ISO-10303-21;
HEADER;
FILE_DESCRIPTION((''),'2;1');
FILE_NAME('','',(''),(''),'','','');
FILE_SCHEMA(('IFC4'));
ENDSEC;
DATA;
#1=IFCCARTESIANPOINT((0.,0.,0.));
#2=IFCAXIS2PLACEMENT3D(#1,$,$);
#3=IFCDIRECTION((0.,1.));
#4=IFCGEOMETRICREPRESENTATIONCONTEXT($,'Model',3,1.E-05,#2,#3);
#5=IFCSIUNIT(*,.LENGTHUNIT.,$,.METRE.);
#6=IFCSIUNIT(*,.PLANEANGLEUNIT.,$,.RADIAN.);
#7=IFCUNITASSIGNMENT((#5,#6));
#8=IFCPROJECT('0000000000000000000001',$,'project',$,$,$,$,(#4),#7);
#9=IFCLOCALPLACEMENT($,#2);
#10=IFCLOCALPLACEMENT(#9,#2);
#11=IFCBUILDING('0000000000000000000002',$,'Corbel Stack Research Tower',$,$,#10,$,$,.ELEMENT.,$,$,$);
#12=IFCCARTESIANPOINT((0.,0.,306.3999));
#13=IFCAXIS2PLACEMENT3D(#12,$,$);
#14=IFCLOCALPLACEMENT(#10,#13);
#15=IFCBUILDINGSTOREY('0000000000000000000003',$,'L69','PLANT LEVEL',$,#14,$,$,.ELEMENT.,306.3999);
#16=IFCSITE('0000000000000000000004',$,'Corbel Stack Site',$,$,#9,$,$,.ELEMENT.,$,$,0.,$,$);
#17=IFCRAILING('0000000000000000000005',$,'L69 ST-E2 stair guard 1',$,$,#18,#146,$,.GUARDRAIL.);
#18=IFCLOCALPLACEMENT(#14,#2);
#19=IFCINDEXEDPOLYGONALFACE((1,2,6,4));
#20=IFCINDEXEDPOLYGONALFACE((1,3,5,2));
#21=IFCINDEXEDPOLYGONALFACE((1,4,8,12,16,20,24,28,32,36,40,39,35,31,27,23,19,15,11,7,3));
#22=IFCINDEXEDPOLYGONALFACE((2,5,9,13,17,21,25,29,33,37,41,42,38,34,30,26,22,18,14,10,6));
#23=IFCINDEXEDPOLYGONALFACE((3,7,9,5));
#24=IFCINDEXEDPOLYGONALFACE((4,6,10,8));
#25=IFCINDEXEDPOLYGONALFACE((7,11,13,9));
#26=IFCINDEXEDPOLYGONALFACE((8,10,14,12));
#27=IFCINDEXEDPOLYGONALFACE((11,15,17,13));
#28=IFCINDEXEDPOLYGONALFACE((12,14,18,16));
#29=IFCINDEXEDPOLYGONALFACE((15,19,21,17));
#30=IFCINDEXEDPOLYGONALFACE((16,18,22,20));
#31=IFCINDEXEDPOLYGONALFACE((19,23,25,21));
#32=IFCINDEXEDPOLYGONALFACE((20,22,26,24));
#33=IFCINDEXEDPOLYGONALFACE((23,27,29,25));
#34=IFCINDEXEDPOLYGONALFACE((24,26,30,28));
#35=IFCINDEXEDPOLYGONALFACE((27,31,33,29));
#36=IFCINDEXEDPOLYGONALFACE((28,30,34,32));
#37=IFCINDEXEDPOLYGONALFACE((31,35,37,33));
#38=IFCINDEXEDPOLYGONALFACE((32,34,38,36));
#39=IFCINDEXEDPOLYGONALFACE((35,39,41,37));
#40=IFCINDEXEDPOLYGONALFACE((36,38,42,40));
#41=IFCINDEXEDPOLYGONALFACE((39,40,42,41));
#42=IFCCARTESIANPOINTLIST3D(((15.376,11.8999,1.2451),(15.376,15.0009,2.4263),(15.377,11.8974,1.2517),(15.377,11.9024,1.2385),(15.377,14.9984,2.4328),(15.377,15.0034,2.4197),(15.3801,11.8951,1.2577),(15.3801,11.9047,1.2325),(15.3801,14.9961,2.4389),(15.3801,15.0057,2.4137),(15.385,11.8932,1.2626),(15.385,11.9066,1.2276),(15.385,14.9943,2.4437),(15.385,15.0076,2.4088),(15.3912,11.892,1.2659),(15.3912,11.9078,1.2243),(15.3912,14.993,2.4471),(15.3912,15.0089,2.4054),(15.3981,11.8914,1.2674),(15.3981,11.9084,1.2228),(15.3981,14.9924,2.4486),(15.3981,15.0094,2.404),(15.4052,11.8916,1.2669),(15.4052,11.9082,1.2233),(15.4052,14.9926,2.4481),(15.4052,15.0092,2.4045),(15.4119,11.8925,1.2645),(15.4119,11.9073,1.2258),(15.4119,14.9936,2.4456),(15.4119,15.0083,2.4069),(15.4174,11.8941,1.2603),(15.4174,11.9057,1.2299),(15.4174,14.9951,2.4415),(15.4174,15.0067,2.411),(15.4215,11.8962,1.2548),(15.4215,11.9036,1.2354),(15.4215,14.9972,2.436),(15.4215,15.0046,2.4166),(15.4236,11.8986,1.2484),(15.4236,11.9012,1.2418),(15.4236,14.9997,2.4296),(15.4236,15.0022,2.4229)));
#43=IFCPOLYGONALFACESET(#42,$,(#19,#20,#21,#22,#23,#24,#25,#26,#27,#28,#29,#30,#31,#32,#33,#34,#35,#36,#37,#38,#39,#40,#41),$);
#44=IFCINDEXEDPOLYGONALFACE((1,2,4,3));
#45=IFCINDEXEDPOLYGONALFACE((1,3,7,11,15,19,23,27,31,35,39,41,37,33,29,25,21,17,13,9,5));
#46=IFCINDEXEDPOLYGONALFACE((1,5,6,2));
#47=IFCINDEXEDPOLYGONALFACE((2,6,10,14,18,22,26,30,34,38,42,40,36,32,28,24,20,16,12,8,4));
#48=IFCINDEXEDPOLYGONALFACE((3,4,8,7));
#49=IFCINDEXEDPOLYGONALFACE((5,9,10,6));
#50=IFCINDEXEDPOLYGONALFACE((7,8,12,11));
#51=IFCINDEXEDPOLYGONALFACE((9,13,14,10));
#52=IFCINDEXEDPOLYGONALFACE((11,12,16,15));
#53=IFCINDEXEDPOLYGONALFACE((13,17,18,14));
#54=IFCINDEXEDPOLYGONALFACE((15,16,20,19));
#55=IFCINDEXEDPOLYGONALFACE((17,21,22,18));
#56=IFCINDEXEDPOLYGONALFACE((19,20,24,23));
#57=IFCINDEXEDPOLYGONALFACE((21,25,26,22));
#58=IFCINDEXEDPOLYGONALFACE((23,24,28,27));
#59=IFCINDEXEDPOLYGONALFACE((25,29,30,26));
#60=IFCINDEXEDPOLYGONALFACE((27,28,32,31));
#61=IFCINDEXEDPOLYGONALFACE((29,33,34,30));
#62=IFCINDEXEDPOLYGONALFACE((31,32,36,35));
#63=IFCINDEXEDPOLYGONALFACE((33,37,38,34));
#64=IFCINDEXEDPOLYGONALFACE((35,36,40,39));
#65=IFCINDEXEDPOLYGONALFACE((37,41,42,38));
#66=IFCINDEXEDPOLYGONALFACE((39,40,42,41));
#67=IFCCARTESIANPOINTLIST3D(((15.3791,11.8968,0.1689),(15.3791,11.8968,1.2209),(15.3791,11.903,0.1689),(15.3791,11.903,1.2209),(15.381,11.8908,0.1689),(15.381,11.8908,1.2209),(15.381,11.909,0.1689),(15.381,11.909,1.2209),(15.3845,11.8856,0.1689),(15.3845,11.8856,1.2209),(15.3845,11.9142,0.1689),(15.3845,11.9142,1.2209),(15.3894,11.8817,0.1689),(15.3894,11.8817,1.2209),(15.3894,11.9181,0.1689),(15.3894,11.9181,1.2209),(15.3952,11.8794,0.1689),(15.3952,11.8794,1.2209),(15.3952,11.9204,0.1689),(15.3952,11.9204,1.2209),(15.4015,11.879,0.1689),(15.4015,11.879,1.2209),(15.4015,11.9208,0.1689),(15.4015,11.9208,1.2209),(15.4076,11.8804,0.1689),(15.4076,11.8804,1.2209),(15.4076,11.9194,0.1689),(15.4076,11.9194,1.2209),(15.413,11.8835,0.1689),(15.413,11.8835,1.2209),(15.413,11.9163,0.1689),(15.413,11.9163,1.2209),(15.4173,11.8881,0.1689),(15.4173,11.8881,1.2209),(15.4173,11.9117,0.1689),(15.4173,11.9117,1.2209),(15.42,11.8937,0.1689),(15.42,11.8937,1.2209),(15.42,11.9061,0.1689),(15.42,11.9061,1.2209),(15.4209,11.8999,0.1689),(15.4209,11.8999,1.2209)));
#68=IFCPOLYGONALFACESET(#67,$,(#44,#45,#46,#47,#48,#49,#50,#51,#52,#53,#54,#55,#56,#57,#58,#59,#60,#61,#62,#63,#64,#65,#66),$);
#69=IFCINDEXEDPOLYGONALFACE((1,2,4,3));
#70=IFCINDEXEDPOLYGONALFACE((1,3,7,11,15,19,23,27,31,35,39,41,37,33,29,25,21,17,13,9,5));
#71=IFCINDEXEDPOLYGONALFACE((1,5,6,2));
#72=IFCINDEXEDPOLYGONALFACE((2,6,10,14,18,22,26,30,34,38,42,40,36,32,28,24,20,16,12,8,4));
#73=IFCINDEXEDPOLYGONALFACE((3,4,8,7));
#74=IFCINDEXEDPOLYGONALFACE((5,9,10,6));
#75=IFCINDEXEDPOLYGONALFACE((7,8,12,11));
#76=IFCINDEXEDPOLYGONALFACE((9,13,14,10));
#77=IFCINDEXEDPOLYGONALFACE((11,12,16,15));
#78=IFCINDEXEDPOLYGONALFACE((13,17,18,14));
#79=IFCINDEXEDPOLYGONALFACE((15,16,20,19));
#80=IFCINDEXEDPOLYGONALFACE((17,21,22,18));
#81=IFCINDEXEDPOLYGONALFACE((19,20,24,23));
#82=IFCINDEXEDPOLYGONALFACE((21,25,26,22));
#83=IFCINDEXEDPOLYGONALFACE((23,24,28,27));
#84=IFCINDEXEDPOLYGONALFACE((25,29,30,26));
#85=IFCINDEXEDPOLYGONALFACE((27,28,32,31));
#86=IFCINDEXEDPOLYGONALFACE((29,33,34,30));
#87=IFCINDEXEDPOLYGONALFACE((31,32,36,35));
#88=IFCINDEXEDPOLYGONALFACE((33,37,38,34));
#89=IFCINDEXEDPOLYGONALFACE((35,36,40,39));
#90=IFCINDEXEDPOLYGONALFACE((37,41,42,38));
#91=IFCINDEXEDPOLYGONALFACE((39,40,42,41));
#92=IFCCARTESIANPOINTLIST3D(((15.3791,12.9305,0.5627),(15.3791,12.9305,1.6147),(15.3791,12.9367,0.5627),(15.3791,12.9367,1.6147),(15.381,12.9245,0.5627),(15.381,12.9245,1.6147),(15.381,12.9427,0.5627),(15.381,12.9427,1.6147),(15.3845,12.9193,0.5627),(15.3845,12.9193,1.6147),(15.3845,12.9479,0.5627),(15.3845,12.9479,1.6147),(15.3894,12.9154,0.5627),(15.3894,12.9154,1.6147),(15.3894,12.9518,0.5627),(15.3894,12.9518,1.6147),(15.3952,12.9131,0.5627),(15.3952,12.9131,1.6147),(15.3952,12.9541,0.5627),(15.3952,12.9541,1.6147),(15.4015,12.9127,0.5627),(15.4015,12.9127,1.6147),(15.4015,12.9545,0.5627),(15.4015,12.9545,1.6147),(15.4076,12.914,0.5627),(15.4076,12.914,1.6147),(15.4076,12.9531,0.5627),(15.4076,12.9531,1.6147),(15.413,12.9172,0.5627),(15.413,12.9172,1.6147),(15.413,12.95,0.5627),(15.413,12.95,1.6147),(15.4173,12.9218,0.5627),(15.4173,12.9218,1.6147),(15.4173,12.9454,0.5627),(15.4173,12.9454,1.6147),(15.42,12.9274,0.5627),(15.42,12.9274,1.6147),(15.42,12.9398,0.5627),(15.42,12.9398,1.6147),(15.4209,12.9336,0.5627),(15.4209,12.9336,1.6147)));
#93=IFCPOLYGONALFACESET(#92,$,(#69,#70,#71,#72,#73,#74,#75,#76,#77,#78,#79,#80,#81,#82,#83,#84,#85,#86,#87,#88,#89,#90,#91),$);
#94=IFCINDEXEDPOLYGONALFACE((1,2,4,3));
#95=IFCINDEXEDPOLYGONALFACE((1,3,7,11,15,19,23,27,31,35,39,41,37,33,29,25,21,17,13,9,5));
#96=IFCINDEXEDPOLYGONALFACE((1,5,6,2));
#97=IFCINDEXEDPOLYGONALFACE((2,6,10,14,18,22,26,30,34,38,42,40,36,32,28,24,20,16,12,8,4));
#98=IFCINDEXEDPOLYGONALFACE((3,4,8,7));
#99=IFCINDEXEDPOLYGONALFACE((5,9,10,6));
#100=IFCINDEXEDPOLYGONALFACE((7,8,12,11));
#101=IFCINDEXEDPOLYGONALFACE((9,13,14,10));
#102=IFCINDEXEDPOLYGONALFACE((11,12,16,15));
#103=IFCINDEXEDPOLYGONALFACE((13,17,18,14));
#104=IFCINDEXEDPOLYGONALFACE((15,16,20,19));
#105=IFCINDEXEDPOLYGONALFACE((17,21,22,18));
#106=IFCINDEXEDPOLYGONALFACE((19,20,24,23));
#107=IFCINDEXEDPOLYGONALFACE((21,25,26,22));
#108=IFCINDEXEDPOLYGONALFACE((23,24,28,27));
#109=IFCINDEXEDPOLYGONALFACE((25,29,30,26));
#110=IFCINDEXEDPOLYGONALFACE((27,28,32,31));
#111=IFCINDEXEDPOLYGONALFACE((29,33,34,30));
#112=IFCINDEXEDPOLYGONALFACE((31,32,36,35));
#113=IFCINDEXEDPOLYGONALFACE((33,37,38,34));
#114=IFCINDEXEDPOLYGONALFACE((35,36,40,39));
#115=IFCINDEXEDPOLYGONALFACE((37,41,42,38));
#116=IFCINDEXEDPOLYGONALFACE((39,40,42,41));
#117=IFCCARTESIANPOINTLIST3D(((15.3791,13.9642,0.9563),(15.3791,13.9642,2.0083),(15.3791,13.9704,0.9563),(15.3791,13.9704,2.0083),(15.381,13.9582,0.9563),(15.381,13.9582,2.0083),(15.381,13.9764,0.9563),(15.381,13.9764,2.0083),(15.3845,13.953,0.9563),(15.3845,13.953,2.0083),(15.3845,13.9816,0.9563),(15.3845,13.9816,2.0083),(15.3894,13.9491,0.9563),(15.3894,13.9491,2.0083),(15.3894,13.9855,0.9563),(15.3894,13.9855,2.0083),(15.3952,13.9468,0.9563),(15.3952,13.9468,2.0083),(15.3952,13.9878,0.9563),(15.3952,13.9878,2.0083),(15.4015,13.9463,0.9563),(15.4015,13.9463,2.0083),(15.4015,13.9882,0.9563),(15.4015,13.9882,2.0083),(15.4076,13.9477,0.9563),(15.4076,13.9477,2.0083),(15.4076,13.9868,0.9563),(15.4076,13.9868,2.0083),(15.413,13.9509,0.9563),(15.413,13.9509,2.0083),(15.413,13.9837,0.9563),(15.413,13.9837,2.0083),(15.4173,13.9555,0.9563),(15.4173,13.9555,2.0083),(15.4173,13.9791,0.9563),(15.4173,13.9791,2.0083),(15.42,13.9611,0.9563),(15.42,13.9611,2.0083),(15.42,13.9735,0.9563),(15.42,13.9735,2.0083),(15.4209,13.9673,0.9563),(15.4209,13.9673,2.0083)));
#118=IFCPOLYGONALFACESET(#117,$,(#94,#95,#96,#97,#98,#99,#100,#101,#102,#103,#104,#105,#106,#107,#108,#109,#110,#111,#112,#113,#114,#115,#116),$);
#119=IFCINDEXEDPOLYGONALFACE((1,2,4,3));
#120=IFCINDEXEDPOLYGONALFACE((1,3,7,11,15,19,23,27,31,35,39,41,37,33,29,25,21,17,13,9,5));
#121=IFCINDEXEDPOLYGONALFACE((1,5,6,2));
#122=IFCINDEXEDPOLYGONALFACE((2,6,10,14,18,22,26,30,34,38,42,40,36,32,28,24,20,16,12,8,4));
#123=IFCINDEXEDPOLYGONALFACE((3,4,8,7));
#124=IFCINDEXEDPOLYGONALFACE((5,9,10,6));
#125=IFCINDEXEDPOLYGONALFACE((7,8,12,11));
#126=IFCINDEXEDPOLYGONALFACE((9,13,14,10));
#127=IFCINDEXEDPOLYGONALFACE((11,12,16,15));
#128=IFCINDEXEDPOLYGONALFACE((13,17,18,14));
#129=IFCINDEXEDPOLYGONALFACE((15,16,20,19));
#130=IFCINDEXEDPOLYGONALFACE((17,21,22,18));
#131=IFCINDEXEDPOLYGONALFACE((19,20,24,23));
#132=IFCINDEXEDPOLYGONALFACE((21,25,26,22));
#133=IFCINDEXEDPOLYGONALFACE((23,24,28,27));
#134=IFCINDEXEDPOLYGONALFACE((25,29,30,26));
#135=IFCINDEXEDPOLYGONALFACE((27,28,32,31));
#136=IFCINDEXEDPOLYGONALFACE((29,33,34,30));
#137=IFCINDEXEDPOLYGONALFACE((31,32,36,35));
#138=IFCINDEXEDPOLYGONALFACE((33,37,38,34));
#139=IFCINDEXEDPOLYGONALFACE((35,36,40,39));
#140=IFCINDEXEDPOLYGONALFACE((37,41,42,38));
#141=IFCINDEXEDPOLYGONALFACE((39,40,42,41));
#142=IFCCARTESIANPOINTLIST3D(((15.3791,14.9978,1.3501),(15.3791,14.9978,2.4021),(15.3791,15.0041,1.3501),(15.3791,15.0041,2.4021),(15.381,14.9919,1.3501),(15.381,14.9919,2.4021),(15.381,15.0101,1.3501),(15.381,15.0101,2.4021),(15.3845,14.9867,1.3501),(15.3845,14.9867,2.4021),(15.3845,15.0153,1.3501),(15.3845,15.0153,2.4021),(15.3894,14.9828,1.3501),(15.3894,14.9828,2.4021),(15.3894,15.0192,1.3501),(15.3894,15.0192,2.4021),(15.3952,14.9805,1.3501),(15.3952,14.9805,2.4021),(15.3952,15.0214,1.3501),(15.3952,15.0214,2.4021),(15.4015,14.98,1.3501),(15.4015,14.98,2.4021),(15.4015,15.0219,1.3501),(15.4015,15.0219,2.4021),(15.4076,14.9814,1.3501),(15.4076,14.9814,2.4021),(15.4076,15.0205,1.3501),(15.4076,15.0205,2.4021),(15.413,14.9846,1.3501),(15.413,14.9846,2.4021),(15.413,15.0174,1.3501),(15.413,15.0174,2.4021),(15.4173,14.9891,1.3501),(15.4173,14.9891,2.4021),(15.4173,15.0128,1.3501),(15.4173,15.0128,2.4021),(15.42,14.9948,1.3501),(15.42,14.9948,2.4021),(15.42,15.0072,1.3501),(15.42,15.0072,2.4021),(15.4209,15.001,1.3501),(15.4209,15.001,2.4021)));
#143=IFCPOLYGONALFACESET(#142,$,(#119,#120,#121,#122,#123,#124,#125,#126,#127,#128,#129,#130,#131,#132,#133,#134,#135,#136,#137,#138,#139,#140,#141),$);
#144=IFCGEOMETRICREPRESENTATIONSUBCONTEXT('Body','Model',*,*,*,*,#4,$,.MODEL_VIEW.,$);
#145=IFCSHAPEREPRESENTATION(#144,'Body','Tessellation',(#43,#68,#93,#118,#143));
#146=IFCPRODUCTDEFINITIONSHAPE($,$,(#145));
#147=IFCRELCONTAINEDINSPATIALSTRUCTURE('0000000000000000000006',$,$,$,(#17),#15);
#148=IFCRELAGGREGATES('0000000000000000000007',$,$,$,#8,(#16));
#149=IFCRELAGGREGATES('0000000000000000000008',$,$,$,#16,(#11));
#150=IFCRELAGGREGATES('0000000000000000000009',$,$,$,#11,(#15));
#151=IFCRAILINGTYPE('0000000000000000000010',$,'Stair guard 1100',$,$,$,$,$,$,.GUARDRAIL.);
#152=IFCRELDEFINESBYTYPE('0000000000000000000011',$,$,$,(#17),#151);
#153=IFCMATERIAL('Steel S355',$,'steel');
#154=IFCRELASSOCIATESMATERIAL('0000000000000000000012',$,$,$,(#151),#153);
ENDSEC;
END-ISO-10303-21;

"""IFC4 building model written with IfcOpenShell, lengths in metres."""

from ifc_helpers import new_model, si_unit, direction, frame, origin, origin_2d, place, context, subcontext, project, spatial, circle, extrude, material, type_object, element, save


model = new_model("IFC4")

# Units and contexts
model_context = context("Model", 3, precision=1e-05, world=origin(), true_north=direction((0.0, 1.0)))
body_context = subcontext(model_context, "Body", "Model", "MODEL_VIEW")
ifc_project = project(units=[si_unit("LENGTHUNIT", "METRE"), si_unit("PLANEANGLEUNIT", "RADIAN")], contexts=[model_context])

# Site, building, storey
site_placement = place(None, origin())
site = spatial("IfcSite", under=ifc_project, at=site_placement, Name="Corbel Stack Site", CompositionType="ELEMENT", RefElevation=0.0)
building_placement = place(site_placement, origin())
building = spatial("IfcBuilding", under=site, at=building_placement, Name="Corbel Stack Research Tower", CompositionType="ELEMENT")
storey_placement = place(building_placement, frame((0.0, 0.0, 306.3999)))
storey = spatial("IfcBuildingStorey", under=building, at=storey_placement, Name="L69", Description="PLANT LEVEL", CompositionType="ELEMENT", Elevation=306.3999)

# Railing
ifc_material_1 = material(Name="Steel S355", Category="steel")
railing_type_1 = type_object("IfcRailingType", Name="Stair guard 1100", PredefinedType="GUARDRAIL", material=ifc_material_1)
railing_1_placement = place(storey_placement, frame((15.3999, 11.8999, 0.1689)))
element("IfcRailing", 1, at=railing_1_placement, inside=storey, type_object=railing_type_1, Name="L69 ST-E2 stair guard 1", PredefinedType="GUARDRAIL", context=body_context, shape_type="SweptSolid", body=[
    extrude(circle(Radius=0.0239, at=origin_2d()), frame((0.0, 0.0, 1.0762), z_axis=(0.0, 0.934509, 0.35594), x_axis=(-1.0, 0.0, 0.0)), (0.0, 0.0, 1.0), 3.3184),
    extrude(circle(Radius=0.021, at=origin_2d()), origin(), (0.0, 0.0, 1.0), 1.052),
    extrude(circle(Radius=0.021, at=origin_2d()), frame((0.0, 1.0337, 0.3938)), (0.0, 0.0, 1.0), 1.052),
    extrude(circle(Radius=0.021, at=origin_2d()), frame((0.0, 2.0674, 0.7874)), (0.0, 0.0, 1.0), 1.052),
    extrude(circle(Radius=0.021, at=origin_2d()), frame((0.0, 3.1011, 1.1812)), (0.0, 0.0, 1.0), 1.052),
])

save(model, "model.ifc")
